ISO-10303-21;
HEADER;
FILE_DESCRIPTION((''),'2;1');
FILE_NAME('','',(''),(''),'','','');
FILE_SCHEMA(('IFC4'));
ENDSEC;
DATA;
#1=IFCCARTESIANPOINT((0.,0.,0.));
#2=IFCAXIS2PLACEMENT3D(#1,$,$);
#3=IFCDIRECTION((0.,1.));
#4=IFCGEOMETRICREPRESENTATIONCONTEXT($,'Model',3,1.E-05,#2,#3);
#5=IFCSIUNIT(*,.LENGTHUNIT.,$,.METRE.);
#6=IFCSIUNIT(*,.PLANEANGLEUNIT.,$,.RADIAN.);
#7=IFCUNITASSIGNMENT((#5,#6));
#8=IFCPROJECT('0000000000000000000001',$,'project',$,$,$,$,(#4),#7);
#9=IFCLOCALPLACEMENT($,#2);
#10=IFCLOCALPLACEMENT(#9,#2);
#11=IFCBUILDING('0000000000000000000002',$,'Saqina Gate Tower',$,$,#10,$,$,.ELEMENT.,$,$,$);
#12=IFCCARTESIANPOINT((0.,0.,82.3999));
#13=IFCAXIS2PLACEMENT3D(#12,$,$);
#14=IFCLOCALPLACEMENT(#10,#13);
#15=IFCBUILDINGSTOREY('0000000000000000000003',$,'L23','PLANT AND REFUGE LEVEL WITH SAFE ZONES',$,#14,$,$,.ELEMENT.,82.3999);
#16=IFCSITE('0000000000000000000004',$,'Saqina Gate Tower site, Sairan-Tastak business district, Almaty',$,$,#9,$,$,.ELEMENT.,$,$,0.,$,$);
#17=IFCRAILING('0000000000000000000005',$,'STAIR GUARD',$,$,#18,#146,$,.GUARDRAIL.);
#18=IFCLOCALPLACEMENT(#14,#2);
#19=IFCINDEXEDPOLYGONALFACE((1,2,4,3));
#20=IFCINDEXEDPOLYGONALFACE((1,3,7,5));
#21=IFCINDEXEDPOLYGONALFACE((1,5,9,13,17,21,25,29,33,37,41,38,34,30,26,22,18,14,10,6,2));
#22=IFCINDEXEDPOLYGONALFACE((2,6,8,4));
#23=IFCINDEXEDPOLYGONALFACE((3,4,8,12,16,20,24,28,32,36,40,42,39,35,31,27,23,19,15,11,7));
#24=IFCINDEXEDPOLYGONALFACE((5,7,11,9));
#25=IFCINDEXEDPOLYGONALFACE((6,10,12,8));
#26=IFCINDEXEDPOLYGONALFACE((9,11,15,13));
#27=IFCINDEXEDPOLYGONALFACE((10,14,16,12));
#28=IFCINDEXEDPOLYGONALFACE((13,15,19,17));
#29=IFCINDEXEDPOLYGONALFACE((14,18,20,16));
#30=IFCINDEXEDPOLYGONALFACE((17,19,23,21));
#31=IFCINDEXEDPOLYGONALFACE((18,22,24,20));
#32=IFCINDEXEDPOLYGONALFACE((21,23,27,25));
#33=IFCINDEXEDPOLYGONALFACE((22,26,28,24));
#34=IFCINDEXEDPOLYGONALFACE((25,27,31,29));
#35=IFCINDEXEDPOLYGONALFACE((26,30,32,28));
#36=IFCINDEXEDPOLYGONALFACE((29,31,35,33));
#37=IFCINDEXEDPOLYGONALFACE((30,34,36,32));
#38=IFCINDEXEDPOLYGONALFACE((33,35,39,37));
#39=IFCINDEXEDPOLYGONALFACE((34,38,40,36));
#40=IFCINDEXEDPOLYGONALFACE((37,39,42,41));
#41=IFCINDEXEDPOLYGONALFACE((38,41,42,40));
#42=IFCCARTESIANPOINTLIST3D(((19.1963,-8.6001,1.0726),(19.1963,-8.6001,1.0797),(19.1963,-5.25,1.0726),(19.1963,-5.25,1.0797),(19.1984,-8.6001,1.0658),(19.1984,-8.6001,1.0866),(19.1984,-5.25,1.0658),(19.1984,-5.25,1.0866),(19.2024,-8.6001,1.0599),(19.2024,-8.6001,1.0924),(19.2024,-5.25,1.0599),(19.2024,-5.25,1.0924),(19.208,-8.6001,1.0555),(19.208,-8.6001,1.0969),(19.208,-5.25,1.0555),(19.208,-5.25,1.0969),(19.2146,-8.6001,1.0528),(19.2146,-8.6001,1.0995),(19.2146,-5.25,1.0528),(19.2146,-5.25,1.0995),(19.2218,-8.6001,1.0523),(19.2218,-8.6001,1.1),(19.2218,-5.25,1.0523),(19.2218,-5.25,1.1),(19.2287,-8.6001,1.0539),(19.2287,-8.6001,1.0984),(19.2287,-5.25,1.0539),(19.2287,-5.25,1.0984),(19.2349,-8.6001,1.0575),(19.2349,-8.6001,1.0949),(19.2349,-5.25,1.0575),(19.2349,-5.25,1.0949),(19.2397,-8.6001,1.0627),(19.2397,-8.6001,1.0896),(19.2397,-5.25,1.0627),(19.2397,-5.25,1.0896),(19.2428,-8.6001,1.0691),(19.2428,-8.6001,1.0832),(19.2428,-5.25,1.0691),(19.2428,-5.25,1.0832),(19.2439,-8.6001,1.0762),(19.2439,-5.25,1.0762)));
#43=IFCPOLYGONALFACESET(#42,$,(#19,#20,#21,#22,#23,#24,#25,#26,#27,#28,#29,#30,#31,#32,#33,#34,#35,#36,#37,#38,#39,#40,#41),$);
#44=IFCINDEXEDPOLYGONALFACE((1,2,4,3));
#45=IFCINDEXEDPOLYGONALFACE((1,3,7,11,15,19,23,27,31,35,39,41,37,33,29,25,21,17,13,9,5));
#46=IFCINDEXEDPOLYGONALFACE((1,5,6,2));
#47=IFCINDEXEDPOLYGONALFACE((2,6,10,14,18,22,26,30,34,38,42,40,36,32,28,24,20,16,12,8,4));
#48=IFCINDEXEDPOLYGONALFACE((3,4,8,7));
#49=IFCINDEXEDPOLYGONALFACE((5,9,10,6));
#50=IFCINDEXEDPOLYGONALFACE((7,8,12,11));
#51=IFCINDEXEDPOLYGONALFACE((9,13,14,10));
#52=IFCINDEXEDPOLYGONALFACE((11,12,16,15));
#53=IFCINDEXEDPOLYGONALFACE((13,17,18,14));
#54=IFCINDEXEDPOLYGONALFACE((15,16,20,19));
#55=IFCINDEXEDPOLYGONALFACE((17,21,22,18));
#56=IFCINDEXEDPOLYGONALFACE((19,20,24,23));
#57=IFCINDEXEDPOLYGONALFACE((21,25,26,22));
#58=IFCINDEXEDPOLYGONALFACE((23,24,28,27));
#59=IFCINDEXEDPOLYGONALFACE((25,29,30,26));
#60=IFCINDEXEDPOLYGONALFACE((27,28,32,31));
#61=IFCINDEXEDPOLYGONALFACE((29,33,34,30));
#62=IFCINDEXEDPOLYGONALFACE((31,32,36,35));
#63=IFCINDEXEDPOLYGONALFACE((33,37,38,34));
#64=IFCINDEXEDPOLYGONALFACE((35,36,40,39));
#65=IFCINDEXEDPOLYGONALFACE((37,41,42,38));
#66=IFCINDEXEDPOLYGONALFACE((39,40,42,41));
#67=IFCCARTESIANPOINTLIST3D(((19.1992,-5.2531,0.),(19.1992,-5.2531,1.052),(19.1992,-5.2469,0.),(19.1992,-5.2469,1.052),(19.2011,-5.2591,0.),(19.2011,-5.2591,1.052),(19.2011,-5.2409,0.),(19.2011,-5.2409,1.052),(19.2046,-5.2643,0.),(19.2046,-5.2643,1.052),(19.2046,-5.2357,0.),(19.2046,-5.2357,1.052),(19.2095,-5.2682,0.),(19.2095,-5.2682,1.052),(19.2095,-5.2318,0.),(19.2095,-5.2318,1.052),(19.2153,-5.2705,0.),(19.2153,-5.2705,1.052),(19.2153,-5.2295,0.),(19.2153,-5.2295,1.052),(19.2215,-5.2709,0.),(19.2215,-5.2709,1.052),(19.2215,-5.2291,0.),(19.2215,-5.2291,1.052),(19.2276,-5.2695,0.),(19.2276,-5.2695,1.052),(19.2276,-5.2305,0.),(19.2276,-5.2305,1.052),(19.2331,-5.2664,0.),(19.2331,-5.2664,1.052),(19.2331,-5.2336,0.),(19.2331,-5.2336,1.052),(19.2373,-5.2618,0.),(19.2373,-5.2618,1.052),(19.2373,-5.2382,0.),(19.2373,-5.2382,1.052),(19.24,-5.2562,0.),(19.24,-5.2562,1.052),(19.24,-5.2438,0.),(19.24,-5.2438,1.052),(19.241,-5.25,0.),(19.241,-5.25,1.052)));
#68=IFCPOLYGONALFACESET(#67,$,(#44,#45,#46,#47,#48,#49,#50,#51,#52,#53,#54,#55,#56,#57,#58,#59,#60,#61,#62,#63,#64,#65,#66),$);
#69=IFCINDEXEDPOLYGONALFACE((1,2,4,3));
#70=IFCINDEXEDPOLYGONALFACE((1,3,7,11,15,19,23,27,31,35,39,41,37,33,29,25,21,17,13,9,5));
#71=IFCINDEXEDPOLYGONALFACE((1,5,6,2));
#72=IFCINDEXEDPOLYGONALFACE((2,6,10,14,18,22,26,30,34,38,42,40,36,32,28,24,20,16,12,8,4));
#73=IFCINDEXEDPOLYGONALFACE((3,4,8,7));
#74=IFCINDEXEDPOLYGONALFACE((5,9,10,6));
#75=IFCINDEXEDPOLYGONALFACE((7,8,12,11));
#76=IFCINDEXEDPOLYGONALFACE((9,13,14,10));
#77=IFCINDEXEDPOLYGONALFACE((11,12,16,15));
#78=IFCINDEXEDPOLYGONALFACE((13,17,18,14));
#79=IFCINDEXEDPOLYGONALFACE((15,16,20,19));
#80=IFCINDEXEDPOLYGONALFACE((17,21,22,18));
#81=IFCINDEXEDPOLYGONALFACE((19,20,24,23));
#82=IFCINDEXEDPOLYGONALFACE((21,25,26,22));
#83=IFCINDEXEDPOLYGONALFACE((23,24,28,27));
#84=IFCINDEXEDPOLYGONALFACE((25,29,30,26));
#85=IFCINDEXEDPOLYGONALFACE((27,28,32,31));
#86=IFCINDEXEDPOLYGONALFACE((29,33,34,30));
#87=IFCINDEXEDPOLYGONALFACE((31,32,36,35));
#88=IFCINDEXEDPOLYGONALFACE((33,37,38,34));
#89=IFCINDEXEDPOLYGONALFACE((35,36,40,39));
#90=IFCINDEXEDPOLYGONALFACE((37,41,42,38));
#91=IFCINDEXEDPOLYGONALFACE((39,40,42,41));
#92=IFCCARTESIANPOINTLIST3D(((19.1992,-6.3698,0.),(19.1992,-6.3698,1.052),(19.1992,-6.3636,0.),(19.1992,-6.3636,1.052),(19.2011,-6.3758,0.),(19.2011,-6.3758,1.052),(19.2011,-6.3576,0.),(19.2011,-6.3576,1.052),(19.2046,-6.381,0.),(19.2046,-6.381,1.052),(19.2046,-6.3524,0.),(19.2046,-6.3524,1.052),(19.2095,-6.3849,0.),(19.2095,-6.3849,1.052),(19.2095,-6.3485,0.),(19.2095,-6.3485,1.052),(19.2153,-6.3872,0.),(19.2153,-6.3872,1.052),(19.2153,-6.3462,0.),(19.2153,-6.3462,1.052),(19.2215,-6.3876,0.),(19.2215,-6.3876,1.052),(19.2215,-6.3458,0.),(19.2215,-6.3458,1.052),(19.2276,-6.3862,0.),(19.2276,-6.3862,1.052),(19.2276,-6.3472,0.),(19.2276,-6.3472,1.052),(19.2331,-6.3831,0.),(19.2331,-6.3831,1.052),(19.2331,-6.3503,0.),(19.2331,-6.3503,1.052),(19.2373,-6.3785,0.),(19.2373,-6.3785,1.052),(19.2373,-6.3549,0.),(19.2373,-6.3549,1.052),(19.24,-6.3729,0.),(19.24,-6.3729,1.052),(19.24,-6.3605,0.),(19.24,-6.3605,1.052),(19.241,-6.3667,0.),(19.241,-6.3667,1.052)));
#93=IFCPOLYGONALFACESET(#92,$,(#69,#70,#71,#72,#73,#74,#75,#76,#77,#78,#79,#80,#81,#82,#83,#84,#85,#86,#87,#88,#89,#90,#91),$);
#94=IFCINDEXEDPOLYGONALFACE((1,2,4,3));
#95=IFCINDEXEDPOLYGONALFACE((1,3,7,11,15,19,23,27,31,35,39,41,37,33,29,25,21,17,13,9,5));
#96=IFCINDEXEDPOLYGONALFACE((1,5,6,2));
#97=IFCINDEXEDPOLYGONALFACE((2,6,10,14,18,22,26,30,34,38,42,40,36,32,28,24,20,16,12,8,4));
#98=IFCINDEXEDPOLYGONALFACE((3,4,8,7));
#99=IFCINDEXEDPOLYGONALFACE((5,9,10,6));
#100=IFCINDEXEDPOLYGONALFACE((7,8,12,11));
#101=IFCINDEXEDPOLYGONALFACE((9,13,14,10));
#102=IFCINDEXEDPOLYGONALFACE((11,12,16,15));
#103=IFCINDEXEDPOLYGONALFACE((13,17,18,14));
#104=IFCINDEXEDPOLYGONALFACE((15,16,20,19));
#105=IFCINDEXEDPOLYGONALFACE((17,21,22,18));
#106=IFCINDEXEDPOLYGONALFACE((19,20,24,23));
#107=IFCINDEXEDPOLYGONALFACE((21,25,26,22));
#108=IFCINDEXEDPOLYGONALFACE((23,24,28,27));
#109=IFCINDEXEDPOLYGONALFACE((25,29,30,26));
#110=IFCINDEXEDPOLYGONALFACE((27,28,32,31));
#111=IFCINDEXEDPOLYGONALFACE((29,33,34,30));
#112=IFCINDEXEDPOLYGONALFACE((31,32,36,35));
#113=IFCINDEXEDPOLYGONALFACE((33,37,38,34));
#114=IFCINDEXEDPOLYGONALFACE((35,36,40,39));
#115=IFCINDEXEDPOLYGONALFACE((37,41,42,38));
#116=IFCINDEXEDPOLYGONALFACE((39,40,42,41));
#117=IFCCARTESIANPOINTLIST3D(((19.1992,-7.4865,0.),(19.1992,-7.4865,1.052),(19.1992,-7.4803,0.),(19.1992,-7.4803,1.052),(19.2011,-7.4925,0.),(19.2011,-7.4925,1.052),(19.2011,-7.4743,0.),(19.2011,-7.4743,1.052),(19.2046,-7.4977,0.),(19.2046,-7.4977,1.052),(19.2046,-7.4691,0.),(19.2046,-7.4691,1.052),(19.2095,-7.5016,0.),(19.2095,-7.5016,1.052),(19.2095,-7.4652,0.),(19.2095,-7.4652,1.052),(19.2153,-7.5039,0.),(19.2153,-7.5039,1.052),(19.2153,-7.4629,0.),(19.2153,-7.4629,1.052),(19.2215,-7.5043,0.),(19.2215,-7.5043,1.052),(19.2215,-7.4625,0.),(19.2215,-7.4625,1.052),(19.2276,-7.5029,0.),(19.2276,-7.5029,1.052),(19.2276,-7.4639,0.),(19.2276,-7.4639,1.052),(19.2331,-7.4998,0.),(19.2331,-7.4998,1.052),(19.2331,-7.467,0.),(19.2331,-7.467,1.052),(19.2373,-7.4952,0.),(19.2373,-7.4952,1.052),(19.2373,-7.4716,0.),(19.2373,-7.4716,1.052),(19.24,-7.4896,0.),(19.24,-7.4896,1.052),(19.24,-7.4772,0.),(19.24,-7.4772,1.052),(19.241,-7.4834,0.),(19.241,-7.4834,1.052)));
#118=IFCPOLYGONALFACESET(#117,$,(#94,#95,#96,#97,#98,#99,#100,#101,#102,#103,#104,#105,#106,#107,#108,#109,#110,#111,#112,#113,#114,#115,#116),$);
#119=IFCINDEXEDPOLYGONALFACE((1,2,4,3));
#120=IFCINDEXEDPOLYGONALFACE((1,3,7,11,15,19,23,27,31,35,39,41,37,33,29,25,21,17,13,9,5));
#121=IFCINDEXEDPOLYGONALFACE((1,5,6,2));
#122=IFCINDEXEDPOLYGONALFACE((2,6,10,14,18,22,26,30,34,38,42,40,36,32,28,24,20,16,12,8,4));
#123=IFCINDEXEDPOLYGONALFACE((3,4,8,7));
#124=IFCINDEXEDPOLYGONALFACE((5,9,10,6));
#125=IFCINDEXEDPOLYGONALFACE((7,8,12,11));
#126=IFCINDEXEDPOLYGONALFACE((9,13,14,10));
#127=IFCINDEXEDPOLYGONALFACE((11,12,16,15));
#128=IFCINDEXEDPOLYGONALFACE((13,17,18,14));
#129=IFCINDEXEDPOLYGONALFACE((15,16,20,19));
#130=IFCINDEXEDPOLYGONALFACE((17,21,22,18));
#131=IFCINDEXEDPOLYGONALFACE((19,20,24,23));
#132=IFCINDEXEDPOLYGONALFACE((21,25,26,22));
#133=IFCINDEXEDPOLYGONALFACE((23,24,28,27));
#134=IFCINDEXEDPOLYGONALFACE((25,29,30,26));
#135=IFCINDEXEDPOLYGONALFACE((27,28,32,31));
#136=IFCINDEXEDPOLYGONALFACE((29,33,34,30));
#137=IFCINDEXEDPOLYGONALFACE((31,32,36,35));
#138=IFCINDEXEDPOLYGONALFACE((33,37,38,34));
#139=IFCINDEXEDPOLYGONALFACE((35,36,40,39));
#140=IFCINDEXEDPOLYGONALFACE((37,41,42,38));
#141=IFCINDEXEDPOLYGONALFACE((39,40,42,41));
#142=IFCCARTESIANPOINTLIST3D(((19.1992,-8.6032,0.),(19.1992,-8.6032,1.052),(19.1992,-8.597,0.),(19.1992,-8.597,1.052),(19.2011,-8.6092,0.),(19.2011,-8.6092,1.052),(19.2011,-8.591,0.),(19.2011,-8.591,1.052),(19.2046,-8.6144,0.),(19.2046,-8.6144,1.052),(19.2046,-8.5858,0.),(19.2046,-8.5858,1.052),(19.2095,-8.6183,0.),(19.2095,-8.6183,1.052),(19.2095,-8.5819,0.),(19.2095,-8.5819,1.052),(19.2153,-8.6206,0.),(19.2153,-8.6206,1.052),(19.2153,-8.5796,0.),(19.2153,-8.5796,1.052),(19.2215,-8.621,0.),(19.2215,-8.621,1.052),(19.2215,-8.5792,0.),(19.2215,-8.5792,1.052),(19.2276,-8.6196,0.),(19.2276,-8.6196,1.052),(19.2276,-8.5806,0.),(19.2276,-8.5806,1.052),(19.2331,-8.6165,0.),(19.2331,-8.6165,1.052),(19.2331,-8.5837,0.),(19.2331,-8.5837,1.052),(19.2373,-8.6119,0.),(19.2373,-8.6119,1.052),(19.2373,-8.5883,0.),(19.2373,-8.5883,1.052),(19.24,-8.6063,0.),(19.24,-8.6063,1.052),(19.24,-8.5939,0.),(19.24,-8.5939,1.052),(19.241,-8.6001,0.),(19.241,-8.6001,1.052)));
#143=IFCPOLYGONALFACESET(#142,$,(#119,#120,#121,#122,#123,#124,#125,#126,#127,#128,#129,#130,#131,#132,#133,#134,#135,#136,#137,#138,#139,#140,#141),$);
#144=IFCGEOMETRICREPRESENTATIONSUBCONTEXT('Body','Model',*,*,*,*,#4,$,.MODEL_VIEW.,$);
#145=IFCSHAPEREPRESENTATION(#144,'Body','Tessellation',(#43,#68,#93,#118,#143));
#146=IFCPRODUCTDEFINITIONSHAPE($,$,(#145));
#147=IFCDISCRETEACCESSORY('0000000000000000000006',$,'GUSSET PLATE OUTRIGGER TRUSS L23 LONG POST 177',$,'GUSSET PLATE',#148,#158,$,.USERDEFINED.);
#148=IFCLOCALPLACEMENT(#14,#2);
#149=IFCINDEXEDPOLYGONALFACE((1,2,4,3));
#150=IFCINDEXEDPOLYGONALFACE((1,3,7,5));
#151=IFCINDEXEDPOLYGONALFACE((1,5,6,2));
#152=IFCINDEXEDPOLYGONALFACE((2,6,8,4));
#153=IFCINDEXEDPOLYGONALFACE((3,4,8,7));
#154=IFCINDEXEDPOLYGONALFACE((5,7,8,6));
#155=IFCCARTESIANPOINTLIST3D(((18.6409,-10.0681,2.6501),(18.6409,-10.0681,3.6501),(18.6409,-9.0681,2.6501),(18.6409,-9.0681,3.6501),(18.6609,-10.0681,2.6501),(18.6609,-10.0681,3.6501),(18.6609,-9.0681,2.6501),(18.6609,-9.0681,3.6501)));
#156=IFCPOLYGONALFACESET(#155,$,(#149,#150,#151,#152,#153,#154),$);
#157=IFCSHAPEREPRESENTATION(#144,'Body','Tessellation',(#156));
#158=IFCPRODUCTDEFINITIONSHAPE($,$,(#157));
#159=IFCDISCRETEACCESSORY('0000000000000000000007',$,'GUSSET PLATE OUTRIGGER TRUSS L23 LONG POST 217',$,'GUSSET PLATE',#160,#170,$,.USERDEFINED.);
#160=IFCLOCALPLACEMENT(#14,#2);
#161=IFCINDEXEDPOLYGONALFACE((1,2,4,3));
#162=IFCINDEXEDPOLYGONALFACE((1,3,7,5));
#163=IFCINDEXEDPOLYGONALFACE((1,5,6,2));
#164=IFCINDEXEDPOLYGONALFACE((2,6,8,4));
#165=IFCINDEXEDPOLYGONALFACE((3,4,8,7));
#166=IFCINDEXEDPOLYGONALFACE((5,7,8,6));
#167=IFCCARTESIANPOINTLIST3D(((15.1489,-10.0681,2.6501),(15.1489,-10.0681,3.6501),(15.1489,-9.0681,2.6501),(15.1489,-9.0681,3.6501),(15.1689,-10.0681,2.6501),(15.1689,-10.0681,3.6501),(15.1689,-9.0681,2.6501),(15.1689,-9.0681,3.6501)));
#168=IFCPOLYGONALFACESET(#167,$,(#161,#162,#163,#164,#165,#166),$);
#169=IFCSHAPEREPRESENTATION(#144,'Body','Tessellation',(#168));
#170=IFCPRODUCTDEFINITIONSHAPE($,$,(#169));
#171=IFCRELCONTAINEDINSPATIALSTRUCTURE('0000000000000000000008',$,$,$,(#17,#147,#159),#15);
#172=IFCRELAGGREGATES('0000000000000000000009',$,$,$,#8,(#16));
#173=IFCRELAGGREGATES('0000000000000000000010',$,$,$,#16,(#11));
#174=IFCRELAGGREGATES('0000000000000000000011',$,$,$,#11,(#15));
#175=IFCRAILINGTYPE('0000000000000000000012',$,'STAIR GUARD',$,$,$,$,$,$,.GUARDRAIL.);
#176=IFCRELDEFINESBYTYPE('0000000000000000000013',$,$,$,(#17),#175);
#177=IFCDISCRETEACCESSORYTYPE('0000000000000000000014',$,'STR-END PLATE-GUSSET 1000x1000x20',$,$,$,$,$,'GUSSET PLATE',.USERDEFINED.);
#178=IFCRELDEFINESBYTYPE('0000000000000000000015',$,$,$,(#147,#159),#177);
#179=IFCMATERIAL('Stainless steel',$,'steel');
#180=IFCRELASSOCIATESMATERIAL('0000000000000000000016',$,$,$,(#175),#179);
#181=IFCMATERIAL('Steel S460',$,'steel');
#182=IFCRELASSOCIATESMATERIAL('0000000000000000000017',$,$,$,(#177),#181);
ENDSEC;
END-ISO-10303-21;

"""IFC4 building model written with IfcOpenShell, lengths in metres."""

from ifc_helpers import new_model, si_unit, direction, frame, origin, origin_2d, place, context, subcontext, project, spatial, rectangle, circle, extrude, material, material_profile, profile_set, type_object, element, save


model = new_model("IFC4")

# Units and contexts
model_context = context("Model", 3, precision=1e-05, world=origin(), true_north=direction((0.0, 1.0)))
body_context = subcontext(model_context, "Body", "Model", "MODEL_VIEW")
ifc_project = project(units=[si_unit("LENGTHUNIT", "METRE"), si_unit("PLANEANGLEUNIT", "RADIAN")], contexts=[model_context])

# Site, building, storey
site_placement = place(None, origin())
site = spatial("IfcSite", under=ifc_project, at=site_placement, Name="Saqina Gate Tower site, Sairan-Tastak business district, Almaty", CompositionType="ELEMENT", RefElevation=0.0)
building_placement = place(site_placement, origin())
building = spatial("IfcBuilding", under=site, at=building_placement, Name="Saqina Gate Tower", CompositionType="ELEMENT")
storey_placement = place(building_placement, frame((0.0, 0.0, 82.3999)))
storey = spatial("IfcBuildingStorey", under=building, at=storey_placement, Name="L23", Description="PLANT AND REFUGE LEVEL WITH SAFE ZONES", CompositionType="ELEMENT", Elevation=82.3999)

# Railing
ifc_material_1 = material(Name="Stainless steel", Category="steel")
railing_type_1 = type_object("IfcRailingType", Name="STAIR GUARD", PredefinedType="GUARDRAIL", material=ifc_material_1)
railing_1_placement = place(storey_placement, frame((19.22, -5.25, 0.0)))
element("IfcRailing", 1, at=railing_1_placement, inside=storey, type_object=railing_type_1, Name="STAIR GUARD", PredefinedType="GUARDRAIL", context=body_context, shape_type="SweptSolid", body=[
    extrude(circle(Radius=0.0239, at=origin_2d()), frame((0.0, 0.0, 1.0762), z_axis=(0.0, -1.0, 0.0), x_axis=(1.0, 0.0, 0.0)), (0.0, 0.0, 1.0), 3.3501),
    extrude(circle(Radius=0.021, at=origin_2d()), origin(), (0.0, 0.0, 1.0), 1.052),
    extrude(circle(Radius=0.021, at=origin_2d()), frame((0.0, -1.1167, 0.0)), (0.0, 0.0, 1.0), 1.052),
    extrude(circle(Radius=0.021, at=origin_2d()), frame((0.0, -2.2334, 0.0)), (0.0, 0.0, 1.0), 1.052),
    extrude(circle(Radius=0.021, at=origin_2d()), frame((0.0, -3.3501, 0.0)), (0.0, 0.0, 1.0), 1.052),
])

# Discrete accessories
ifc_material_2 = material(Name="Steel S460", Category="steel")
ifc_material_profile_1 = material_profile(ifc_material_2, rectangle(XDim=1.0, YDim=1.0, at=origin_2d()), Name="STR-END PLATE-GUSSET 1000x1000x20")
ifc_profile_set_1 = profile_set([ifc_material_profile_1], Name="Steel S460")
discrete_accessory_type = type_object("IfcDiscreteAccessoryType", Name="STR-END PLATE-GUSSET 1000x1000x20", ElementType="GUSSET PLATE", PredefinedType="USERDEFINED", material=ifc_profile_set_1)
for number, where, z_axis, x_axis, name in (
    (2, (18.6409, -9.5681, 3.1501), (1.0, 0.0, 0.0), (0.0, 1.0, 0.0), "GUSSET PLATE OUTRIGGER TRUSS L23 LONG POST 177"),
    (3, (15.1489, -9.5681, 3.1501), (1.0, 0.0, 0.0), (0.0, 1.0, 0.0), "GUSSET PLATE OUTRIGGER TRUSS L23 LONG POST 217"),
):
    element("IfcDiscreteAccessory", number, at=place(storey_placement, frame(where, z_axis=z_axis, x_axis=x_axis)), inside=storey, type_object=discrete_accessory_type, Name=name, ObjectType="GUSSET PLATE", PredefinedType="USERDEFINED", context=body_context, shape_type="SweptSolid", body=[
        extrude(rectangle(XDim=1.0, YDim=1.0, at=origin_2d()), origin(), (0.0, 0.0, 1.0), 0.02),
    ])

save(model, "model.ifc")
